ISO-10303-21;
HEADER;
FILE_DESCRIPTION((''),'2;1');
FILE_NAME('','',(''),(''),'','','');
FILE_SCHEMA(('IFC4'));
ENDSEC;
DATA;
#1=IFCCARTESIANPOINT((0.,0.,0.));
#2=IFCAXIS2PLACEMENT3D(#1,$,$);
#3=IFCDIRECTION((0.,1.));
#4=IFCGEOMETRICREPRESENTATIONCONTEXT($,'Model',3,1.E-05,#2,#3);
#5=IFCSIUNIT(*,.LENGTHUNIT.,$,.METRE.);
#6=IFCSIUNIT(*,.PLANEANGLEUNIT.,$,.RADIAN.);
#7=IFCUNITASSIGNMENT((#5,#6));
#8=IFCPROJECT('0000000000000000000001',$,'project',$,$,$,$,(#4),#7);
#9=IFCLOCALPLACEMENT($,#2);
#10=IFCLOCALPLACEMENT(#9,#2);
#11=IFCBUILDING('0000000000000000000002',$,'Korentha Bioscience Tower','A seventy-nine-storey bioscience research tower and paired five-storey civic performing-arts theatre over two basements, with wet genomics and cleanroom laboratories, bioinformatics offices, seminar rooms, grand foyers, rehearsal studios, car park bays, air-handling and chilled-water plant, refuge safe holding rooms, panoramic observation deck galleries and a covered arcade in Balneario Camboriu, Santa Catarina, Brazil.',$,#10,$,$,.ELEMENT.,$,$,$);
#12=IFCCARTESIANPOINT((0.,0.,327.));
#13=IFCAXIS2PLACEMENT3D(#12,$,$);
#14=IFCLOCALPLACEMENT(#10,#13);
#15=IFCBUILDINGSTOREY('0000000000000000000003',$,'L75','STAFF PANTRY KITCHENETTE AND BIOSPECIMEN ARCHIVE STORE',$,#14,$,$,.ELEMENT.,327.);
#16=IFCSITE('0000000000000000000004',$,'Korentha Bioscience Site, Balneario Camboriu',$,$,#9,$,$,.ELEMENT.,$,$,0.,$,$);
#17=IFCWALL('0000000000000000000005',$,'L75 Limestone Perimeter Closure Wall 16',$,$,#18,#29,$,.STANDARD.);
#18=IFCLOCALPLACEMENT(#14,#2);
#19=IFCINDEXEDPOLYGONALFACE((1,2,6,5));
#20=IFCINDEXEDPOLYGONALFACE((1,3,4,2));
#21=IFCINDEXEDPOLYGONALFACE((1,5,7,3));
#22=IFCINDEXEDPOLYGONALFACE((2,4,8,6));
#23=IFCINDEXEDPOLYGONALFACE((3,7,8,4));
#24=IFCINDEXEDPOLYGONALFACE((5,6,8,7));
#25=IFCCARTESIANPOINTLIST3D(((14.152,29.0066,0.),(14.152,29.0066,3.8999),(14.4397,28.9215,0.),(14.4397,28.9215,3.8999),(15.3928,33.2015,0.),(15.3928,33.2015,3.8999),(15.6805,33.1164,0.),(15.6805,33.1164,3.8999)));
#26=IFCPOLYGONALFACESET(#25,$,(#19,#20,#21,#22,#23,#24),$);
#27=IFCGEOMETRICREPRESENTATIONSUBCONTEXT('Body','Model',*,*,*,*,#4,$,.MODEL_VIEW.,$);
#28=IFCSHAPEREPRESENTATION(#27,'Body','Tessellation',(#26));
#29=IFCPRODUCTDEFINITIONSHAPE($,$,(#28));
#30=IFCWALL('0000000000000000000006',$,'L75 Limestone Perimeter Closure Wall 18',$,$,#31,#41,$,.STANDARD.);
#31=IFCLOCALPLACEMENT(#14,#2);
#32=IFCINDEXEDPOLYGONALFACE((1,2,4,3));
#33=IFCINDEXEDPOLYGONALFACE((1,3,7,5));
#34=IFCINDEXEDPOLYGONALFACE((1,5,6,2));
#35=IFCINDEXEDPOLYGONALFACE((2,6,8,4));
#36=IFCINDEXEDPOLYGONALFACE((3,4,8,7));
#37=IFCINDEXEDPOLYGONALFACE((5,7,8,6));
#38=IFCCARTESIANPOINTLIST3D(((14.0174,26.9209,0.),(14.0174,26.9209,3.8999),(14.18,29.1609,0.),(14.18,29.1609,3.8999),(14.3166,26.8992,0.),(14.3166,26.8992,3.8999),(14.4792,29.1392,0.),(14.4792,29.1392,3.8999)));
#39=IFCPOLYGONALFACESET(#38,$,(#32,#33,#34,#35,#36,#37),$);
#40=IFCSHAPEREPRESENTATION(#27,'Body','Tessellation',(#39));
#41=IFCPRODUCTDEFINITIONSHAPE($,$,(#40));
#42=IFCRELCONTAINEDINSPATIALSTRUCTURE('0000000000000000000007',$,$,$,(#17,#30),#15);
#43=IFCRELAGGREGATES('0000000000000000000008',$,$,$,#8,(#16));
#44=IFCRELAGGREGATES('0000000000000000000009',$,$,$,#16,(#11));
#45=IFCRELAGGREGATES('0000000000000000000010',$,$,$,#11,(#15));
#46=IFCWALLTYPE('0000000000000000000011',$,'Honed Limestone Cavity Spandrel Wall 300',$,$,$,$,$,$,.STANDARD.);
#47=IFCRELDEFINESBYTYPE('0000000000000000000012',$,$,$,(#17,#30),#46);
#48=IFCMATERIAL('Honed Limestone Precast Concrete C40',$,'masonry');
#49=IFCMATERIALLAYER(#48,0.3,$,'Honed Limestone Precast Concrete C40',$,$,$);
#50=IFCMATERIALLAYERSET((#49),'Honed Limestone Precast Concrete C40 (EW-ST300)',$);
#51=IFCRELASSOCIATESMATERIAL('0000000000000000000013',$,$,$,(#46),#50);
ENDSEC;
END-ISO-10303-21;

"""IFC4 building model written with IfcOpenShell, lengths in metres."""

from ifc_helpers import new_model, si_unit, direction, frame, frame_2d, origin, place, context, subcontext, project, spatial, rectangle, extrude, material, layer, layer_set, type_object, element, save


model = new_model("IFC4")

# Units and contexts
model_context = context("Model", 3, precision=1e-05, world=origin(), true_north=direction((0.0, 1.0)))
body_context = subcontext(model_context, "Body", "Model", "MODEL_VIEW")
ifc_project = project(units=[si_unit("LENGTHUNIT", "METRE"), si_unit("PLANEANGLEUNIT", "RADIAN")], contexts=[model_context])

# Site, building, storey
site_placement = place(None, origin())
site = spatial("IfcSite", under=ifc_project, at=site_placement, Name="Korentha Bioscience Site, Balneario Camboriu", CompositionType="ELEMENT", RefElevation=0.0)
building_placement = place(site_placement, origin())
building = spatial("IfcBuilding", under=site, at=building_placement, Name="Korentha Bioscience Tower", Description="A seventy-nine-storey bioscience research tower and paired five-storey civic performing-arts theatre over two basements, with wet genomics and cleanroom laboratories, bioinformatics offices, seminar rooms, grand foyers, rehearsal studios, car park bays, air-handling and chilled-water plant, refuge safe holding rooms, panoramic observation deck galleries and a covered arcade in Balneario Camboriu, Santa Catarina, Brazil.", CompositionType="ELEMENT")
storey_placement = place(building_placement, frame((0.0, 0.0, 327.0)))
storey = spatial("IfcBuildingStorey", under=building, at=storey_placement, Name="L75", Description="STAFF PANTRY KITCHENETTE AND BIOSPECIMEN ARCHIVE STORE", CompositionType="ELEMENT", Elevation=327.0)

# Walls
ifc_material_1 = material(Name="Honed Limestone Precast Concrete C40", Category="masonry")
ifc_layer_1 = layer(ifc_material_1, 0.3, Name="Honed Limestone Precast Concrete C40")
ifc_layer_set_1 = layer_set([ifc_layer_1], Name="Honed Limestone Precast Concrete C40 (EW-ST300)")
wall_type_1 = type_object("IfcWallType", Name="Honed Limestone Cavity Spandrel Wall 300", PredefinedType="STANDARD", material=ifc_layer_set_1)
wall_1_placement = place(storey_placement, frame((15.5366, 33.1589, 0.0), z_axis=(0.0, 0.0, 1.0), x_axis=(-0.283628, -0.958934, 0.0)))
element("IfcWall", 1, at=wall_1_placement, inside=storey, type_object=wall_type_1, Name="L75 Limestone Perimeter Closure Wall 16", PredefinedType="STANDARD", context=body_context, shape_type="SweptSolid", body=[
    extrude(rectangle(XDim=4.3745, YDim=0.3, at=frame_2d((2.1873, 0.0))), origin(), (0.0, 0.0, 1.0), 3.8999),
])
wall_2_placement = place(storey_placement, frame((14.3296, 29.1501, 0.0), z_axis=(0.0, 0.0, 1.0), x_axis=(-0.072398, -0.997376, 0.0)))
element("IfcWall", 2, at=wall_2_placement, inside=storey, type_object=wall_type_1, Name="L75 Limestone Perimeter Closure Wall 18", PredefinedType="STANDARD", context=body_context, shape_type="SweptSolid", body=[
    extrude(rectangle(XDim=2.2458, YDim=0.3, at=frame_2d((1.123, 0.0))), origin(), (0.0, 0.0, 1.0), 3.8999),
])

save(model, "model.ifc")
